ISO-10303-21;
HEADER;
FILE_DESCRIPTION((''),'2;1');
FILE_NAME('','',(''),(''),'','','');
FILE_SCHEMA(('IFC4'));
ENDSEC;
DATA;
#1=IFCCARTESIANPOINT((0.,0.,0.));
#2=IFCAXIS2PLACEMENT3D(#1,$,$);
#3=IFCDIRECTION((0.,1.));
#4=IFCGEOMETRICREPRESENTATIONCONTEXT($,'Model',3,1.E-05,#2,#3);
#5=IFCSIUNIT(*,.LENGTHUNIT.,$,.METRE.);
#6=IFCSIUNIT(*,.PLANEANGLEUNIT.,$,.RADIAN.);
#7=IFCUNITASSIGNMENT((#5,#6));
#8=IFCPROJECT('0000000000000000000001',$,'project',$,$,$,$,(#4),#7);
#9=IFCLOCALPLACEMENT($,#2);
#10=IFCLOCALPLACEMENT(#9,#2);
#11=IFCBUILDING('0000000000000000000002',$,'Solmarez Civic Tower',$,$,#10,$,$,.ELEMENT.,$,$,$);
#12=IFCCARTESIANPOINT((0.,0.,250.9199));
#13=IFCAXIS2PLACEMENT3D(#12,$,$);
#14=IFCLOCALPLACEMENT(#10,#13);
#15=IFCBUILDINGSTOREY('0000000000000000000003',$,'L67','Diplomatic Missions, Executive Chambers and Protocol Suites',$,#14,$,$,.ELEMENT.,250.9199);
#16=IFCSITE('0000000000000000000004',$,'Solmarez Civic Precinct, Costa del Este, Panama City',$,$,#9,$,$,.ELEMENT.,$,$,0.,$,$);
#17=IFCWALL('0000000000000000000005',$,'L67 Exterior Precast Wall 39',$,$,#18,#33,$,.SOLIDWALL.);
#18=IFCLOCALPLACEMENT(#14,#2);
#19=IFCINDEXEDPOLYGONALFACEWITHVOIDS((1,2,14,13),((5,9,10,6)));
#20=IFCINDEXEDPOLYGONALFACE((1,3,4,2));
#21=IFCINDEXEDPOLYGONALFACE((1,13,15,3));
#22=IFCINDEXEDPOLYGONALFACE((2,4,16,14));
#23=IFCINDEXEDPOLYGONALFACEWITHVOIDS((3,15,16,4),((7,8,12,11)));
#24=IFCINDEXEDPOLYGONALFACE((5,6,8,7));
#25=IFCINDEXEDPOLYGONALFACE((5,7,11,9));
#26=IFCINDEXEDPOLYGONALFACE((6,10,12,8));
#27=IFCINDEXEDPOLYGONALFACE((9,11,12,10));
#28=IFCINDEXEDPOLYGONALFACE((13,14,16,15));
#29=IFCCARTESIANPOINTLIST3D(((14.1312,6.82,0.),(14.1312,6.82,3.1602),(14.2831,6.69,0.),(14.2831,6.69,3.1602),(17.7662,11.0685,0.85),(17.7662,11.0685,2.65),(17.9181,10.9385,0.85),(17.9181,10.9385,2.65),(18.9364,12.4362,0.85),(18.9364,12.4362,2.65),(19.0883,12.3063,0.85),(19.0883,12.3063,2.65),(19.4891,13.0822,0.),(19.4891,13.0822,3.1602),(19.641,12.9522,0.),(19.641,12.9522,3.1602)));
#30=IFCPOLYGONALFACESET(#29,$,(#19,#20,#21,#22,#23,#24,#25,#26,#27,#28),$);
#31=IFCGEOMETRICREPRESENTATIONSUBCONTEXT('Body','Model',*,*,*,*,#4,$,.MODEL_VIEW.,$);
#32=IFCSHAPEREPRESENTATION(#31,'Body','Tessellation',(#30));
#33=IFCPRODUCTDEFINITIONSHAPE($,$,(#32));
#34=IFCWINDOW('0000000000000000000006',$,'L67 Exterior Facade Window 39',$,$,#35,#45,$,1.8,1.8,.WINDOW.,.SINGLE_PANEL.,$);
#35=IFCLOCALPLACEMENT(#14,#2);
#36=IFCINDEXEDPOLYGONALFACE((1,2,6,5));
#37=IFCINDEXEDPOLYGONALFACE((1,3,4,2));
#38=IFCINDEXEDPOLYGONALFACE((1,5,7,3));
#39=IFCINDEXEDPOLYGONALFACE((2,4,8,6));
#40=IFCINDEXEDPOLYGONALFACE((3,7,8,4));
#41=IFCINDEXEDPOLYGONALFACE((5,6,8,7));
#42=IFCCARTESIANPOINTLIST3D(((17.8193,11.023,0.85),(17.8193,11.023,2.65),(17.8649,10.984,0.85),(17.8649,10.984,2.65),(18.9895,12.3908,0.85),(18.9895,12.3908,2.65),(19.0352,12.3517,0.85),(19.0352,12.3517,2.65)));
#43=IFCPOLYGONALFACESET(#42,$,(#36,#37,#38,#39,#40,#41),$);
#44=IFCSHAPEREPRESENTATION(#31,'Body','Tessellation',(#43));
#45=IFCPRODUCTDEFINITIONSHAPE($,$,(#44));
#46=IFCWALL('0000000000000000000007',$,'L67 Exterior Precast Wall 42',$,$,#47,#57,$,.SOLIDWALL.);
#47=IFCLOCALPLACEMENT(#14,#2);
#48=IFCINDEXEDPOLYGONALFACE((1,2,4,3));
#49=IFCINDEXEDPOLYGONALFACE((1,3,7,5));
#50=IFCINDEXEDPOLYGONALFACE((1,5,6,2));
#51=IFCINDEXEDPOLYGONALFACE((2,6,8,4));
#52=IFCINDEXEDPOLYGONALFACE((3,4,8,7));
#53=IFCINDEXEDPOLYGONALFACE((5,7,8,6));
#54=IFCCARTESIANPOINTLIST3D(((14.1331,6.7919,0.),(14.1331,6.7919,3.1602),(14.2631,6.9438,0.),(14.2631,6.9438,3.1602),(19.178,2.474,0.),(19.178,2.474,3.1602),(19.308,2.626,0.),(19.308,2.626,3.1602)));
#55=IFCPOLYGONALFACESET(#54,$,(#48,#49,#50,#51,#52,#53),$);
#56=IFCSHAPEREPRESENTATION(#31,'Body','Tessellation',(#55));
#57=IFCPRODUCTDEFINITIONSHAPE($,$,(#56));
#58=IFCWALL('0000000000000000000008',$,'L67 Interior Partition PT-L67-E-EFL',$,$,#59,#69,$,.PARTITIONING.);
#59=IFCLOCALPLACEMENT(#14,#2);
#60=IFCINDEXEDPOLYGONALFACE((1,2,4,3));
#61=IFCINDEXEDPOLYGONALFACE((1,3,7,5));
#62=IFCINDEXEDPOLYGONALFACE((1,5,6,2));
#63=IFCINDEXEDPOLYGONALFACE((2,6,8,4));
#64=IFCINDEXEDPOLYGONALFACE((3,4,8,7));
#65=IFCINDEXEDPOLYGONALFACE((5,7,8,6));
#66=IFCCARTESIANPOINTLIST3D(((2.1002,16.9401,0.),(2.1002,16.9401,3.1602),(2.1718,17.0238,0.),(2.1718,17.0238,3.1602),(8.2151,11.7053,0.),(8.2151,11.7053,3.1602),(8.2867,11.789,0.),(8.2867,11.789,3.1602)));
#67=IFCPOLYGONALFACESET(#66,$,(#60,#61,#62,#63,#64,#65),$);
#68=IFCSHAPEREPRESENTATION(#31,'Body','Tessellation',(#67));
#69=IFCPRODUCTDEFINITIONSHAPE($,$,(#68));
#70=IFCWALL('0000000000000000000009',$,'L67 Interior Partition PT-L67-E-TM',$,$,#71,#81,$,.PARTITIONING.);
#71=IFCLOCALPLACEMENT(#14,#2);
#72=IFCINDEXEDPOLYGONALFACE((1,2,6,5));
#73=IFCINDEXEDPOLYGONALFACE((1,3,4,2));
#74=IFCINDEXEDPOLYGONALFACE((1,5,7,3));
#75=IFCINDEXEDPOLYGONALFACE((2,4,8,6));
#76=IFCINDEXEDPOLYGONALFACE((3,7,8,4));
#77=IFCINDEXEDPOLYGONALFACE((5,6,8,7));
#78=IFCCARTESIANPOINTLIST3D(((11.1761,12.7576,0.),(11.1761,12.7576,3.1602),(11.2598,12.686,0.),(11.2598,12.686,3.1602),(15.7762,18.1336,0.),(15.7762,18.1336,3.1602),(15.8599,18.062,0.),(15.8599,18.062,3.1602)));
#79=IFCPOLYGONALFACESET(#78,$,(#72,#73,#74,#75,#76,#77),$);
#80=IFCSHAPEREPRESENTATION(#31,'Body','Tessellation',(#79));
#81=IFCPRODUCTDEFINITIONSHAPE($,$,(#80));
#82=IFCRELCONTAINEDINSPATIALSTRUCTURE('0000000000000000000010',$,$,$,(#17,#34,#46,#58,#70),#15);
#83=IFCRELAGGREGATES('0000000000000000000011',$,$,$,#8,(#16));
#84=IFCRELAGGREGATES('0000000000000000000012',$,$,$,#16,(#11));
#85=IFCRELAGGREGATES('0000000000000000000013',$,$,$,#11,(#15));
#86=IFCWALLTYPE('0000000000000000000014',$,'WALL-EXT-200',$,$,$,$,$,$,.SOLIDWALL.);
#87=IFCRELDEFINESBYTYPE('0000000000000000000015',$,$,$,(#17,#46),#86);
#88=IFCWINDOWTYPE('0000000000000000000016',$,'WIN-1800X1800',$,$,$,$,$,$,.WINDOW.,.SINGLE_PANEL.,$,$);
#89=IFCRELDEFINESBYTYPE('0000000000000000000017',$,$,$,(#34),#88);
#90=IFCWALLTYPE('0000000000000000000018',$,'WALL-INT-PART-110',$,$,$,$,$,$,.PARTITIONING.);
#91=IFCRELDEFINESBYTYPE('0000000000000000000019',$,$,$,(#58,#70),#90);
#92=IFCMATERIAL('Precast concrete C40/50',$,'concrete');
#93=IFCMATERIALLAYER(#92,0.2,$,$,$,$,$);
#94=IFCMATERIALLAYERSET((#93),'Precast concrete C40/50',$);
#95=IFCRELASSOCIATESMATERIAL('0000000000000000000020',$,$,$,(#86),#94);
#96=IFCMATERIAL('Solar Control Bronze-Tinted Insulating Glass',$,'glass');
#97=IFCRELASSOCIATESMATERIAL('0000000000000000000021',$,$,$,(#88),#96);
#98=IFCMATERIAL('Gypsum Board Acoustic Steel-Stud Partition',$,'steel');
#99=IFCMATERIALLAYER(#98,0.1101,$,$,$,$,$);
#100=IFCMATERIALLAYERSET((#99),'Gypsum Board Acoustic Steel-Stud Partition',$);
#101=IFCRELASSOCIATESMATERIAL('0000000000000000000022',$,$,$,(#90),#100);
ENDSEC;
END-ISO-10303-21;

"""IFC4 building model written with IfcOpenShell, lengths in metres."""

from ifc_helpers import new_model, si_unit, direction, frame, frame_2d, origin, place, context, subcontext, project, spatial, rectangle, extrude, material, layer, layer_set, type_object, element, fill, save


model = new_model("IFC4")

# Units and contexts
model_context = context("Model", 3, precision=1e-05, world=origin(), true_north=direction((0.0, 1.0)))
body_context = subcontext(model_context, "Body", "Model", "MODEL_VIEW")
ifc_project = project(units=[si_unit("LENGTHUNIT", "METRE"), si_unit("PLANEANGLEUNIT", "RADIAN")], contexts=[model_context])

# Site, building, storey
site_placement = place(None, origin())
site = spatial("IfcSite", under=ifc_project, at=site_placement, Name="Solmarez Civic Precinct, Costa del Este, Panama City", CompositionType="ELEMENT", RefElevation=0.0)
building_placement = place(site_placement, origin())
building = spatial("IfcBuilding", under=site, at=building_placement, Name="Solmarez Civic Tower", CompositionType="ELEMENT")
storey_placement = place(building_placement, frame((0.0, 0.0, 250.9199)))
storey = spatial("IfcBuildingStorey", under=building, at=storey_placement, Name="L67", Description="Diplomatic Missions, Executive Chambers and Protocol Suites", CompositionType="ELEMENT", Elevation=250.9199)

# Shared definitions
ifc_material_1 = material(Name="Precast concrete C40/50", Category="concrete")
ifc_layer_1 = layer(ifc_material_1, 0.2)
ifc_layer_set_1 = layer_set([ifc_layer_1], Name="Precast concrete C40/50")
wall_type_1 = type_object("IfcWallType", Name="WALL-EXT-200", PredefinedType="SOLIDWALL", material=ifc_layer_set_1)

# Wall, opening, window
wall_1_placement = place(storey_placement, frame((19.5649, 13.0171, 0.0), z_axis=(0.0, 0.0, 1.0), x_axis=(-0.650113, -0.759838, 0.0)))
wall_1 = element("IfcWall", 1, at=wall_1_placement, inside=storey, type_object=wall_type_1, Name="L67 Exterior Precast Wall 39", PredefinedType="SOLIDWALL", context=body_context, shape_type="SweptSolid", body=[
    extrude(rectangle(XDim=8.2415, YDim=0.2, at=frame_2d((4.1206, 0.0))), origin(), (0.0, 0.0, 1.0), 3.1602),
])
opening_1_placement = place(wall_1_placement, frame((0.8501, 0.0, 0.8501)))
opening_1 = element("IfcOpeningElement", 2, at=opening_1_placement, cuts=wall_1, PredefinedType="OPENING", context=body_context, shape_type="SweptSolid", body=[
    extrude(rectangle(XDim=1.8, YDim=1.8, at=frame_2d((0.8999, 0.8999))), frame((0.0, 0.1099, 0.0), z_axis=(0.0, -1.0, 0.0), x_axis=(1.0, 0.0, 0.0)), (0.0, 0.0, 1.0), 0.22),
])
ifc_material_2 = material(Name="Solar Control Bronze-Tinted Insulating Glass", Category="glass")
window_type = type_object("IfcWindowType", Name="WIN-1800X1800", PartitioningType="SINGLE_PANEL", PredefinedType="WINDOW", material=ifc_material_2)
window_placement = place(opening_1_placement, origin())
window = element("IfcWindow", 3, at=window_placement, inside=storey, type_object=window_type, Name="L67 Exterior Facade Window 39", OverallHeight=1.8, OverallWidth=1.8, PartitioningType="SINGLE_PANEL", PredefinedType="WINDOW", context=body_context, shape_type="SweptSolid", body=[
    extrude(rectangle(XDim=1.8, YDim=1.8, at=frame_2d((0.8999, 0.8999))), frame((0.0, 0.03, 0.0), z_axis=(0.0, -1.0, 0.0), x_axis=(1.0, 0.0, 0.0)), (0.0, 0.0, 1.0), 0.0601),
])
fill(opening_1, window)

# Walls
wall_2_placement = place(storey_placement, frame((14.198, 6.8679, 0.0), z_axis=(0.0, 0.0, 1.0), x_axis=(0.759729, -0.65024, 0.0)))
element("IfcWall", 4, at=wall_2_placement, inside=storey, type_object=wall_type_1, Name="L67 Exterior Precast Wall 42", PredefinedType="SOLIDWALL", context=body_context, shape_type="SweptSolid", body=[
    extrude(rectangle(XDim=6.6404, YDim=0.2, at=frame_2d((3.3203, 0.0))), origin(), (0.0, 0.0, 1.0), 3.1602),
])
ifc_material_3 = material(Name="Gypsum Board Acoustic Steel-Stud Partition", Category="steel")
ifc_layer_2 = layer(ifc_material_3, 0.1101)
ifc_layer_set_2 = layer_set([ifc_layer_2], Name="Gypsum Board Acoustic Steel-Stud Partition")
wall_type_2 = type_object("IfcWallType", Name="WALL-INT-PART-110", PredefinedType="PARTITIONING", material=ifc_layer_set_2)
wall_3_placement = place(storey_placement, frame((8.251, 11.7471, 0.0), z_axis=(0.0, 0.0, 1.0), x_axis=(-0.759659, 0.650322, 0.0)))
element("IfcWall", 5, at=wall_3_placement, inside=storey, type_object=wall_type_2, Name="L67 Interior Partition PT-L67-E-EFL", PredefinedType="PARTITIONING", context=body_context, shape_type="SweptSolid", body=[
    extrude(rectangle(XDim=8.0496, YDim=0.1101, at=frame_2d((4.0249, 0.0))), origin(), (0.0, 0.0, 1.0), 3.1602),
])

# Wall
wall_4_placement = place(storey_placement, frame((11.218, 12.7219, 0.0), z_axis=(0.0, 0.0, 1.0), x_axis=(0.650149, 0.759807, 0.0)))
element("IfcWall", 6, at=wall_4_placement, inside=storey, type_object=wall_type_2, Name="L67 Interior Partition PT-L67-E-TM", PredefinedType="PARTITIONING", context=body_context, shape_type="SweptSolid", body=[
    extrude(rectangle(XDim=7.0754, YDim=0.1101, at=frame_2d((3.5376, 0.0))), origin(), (0.0, 0.0, 1.0), 3.1602),
])

save(model, "model.ifc")
